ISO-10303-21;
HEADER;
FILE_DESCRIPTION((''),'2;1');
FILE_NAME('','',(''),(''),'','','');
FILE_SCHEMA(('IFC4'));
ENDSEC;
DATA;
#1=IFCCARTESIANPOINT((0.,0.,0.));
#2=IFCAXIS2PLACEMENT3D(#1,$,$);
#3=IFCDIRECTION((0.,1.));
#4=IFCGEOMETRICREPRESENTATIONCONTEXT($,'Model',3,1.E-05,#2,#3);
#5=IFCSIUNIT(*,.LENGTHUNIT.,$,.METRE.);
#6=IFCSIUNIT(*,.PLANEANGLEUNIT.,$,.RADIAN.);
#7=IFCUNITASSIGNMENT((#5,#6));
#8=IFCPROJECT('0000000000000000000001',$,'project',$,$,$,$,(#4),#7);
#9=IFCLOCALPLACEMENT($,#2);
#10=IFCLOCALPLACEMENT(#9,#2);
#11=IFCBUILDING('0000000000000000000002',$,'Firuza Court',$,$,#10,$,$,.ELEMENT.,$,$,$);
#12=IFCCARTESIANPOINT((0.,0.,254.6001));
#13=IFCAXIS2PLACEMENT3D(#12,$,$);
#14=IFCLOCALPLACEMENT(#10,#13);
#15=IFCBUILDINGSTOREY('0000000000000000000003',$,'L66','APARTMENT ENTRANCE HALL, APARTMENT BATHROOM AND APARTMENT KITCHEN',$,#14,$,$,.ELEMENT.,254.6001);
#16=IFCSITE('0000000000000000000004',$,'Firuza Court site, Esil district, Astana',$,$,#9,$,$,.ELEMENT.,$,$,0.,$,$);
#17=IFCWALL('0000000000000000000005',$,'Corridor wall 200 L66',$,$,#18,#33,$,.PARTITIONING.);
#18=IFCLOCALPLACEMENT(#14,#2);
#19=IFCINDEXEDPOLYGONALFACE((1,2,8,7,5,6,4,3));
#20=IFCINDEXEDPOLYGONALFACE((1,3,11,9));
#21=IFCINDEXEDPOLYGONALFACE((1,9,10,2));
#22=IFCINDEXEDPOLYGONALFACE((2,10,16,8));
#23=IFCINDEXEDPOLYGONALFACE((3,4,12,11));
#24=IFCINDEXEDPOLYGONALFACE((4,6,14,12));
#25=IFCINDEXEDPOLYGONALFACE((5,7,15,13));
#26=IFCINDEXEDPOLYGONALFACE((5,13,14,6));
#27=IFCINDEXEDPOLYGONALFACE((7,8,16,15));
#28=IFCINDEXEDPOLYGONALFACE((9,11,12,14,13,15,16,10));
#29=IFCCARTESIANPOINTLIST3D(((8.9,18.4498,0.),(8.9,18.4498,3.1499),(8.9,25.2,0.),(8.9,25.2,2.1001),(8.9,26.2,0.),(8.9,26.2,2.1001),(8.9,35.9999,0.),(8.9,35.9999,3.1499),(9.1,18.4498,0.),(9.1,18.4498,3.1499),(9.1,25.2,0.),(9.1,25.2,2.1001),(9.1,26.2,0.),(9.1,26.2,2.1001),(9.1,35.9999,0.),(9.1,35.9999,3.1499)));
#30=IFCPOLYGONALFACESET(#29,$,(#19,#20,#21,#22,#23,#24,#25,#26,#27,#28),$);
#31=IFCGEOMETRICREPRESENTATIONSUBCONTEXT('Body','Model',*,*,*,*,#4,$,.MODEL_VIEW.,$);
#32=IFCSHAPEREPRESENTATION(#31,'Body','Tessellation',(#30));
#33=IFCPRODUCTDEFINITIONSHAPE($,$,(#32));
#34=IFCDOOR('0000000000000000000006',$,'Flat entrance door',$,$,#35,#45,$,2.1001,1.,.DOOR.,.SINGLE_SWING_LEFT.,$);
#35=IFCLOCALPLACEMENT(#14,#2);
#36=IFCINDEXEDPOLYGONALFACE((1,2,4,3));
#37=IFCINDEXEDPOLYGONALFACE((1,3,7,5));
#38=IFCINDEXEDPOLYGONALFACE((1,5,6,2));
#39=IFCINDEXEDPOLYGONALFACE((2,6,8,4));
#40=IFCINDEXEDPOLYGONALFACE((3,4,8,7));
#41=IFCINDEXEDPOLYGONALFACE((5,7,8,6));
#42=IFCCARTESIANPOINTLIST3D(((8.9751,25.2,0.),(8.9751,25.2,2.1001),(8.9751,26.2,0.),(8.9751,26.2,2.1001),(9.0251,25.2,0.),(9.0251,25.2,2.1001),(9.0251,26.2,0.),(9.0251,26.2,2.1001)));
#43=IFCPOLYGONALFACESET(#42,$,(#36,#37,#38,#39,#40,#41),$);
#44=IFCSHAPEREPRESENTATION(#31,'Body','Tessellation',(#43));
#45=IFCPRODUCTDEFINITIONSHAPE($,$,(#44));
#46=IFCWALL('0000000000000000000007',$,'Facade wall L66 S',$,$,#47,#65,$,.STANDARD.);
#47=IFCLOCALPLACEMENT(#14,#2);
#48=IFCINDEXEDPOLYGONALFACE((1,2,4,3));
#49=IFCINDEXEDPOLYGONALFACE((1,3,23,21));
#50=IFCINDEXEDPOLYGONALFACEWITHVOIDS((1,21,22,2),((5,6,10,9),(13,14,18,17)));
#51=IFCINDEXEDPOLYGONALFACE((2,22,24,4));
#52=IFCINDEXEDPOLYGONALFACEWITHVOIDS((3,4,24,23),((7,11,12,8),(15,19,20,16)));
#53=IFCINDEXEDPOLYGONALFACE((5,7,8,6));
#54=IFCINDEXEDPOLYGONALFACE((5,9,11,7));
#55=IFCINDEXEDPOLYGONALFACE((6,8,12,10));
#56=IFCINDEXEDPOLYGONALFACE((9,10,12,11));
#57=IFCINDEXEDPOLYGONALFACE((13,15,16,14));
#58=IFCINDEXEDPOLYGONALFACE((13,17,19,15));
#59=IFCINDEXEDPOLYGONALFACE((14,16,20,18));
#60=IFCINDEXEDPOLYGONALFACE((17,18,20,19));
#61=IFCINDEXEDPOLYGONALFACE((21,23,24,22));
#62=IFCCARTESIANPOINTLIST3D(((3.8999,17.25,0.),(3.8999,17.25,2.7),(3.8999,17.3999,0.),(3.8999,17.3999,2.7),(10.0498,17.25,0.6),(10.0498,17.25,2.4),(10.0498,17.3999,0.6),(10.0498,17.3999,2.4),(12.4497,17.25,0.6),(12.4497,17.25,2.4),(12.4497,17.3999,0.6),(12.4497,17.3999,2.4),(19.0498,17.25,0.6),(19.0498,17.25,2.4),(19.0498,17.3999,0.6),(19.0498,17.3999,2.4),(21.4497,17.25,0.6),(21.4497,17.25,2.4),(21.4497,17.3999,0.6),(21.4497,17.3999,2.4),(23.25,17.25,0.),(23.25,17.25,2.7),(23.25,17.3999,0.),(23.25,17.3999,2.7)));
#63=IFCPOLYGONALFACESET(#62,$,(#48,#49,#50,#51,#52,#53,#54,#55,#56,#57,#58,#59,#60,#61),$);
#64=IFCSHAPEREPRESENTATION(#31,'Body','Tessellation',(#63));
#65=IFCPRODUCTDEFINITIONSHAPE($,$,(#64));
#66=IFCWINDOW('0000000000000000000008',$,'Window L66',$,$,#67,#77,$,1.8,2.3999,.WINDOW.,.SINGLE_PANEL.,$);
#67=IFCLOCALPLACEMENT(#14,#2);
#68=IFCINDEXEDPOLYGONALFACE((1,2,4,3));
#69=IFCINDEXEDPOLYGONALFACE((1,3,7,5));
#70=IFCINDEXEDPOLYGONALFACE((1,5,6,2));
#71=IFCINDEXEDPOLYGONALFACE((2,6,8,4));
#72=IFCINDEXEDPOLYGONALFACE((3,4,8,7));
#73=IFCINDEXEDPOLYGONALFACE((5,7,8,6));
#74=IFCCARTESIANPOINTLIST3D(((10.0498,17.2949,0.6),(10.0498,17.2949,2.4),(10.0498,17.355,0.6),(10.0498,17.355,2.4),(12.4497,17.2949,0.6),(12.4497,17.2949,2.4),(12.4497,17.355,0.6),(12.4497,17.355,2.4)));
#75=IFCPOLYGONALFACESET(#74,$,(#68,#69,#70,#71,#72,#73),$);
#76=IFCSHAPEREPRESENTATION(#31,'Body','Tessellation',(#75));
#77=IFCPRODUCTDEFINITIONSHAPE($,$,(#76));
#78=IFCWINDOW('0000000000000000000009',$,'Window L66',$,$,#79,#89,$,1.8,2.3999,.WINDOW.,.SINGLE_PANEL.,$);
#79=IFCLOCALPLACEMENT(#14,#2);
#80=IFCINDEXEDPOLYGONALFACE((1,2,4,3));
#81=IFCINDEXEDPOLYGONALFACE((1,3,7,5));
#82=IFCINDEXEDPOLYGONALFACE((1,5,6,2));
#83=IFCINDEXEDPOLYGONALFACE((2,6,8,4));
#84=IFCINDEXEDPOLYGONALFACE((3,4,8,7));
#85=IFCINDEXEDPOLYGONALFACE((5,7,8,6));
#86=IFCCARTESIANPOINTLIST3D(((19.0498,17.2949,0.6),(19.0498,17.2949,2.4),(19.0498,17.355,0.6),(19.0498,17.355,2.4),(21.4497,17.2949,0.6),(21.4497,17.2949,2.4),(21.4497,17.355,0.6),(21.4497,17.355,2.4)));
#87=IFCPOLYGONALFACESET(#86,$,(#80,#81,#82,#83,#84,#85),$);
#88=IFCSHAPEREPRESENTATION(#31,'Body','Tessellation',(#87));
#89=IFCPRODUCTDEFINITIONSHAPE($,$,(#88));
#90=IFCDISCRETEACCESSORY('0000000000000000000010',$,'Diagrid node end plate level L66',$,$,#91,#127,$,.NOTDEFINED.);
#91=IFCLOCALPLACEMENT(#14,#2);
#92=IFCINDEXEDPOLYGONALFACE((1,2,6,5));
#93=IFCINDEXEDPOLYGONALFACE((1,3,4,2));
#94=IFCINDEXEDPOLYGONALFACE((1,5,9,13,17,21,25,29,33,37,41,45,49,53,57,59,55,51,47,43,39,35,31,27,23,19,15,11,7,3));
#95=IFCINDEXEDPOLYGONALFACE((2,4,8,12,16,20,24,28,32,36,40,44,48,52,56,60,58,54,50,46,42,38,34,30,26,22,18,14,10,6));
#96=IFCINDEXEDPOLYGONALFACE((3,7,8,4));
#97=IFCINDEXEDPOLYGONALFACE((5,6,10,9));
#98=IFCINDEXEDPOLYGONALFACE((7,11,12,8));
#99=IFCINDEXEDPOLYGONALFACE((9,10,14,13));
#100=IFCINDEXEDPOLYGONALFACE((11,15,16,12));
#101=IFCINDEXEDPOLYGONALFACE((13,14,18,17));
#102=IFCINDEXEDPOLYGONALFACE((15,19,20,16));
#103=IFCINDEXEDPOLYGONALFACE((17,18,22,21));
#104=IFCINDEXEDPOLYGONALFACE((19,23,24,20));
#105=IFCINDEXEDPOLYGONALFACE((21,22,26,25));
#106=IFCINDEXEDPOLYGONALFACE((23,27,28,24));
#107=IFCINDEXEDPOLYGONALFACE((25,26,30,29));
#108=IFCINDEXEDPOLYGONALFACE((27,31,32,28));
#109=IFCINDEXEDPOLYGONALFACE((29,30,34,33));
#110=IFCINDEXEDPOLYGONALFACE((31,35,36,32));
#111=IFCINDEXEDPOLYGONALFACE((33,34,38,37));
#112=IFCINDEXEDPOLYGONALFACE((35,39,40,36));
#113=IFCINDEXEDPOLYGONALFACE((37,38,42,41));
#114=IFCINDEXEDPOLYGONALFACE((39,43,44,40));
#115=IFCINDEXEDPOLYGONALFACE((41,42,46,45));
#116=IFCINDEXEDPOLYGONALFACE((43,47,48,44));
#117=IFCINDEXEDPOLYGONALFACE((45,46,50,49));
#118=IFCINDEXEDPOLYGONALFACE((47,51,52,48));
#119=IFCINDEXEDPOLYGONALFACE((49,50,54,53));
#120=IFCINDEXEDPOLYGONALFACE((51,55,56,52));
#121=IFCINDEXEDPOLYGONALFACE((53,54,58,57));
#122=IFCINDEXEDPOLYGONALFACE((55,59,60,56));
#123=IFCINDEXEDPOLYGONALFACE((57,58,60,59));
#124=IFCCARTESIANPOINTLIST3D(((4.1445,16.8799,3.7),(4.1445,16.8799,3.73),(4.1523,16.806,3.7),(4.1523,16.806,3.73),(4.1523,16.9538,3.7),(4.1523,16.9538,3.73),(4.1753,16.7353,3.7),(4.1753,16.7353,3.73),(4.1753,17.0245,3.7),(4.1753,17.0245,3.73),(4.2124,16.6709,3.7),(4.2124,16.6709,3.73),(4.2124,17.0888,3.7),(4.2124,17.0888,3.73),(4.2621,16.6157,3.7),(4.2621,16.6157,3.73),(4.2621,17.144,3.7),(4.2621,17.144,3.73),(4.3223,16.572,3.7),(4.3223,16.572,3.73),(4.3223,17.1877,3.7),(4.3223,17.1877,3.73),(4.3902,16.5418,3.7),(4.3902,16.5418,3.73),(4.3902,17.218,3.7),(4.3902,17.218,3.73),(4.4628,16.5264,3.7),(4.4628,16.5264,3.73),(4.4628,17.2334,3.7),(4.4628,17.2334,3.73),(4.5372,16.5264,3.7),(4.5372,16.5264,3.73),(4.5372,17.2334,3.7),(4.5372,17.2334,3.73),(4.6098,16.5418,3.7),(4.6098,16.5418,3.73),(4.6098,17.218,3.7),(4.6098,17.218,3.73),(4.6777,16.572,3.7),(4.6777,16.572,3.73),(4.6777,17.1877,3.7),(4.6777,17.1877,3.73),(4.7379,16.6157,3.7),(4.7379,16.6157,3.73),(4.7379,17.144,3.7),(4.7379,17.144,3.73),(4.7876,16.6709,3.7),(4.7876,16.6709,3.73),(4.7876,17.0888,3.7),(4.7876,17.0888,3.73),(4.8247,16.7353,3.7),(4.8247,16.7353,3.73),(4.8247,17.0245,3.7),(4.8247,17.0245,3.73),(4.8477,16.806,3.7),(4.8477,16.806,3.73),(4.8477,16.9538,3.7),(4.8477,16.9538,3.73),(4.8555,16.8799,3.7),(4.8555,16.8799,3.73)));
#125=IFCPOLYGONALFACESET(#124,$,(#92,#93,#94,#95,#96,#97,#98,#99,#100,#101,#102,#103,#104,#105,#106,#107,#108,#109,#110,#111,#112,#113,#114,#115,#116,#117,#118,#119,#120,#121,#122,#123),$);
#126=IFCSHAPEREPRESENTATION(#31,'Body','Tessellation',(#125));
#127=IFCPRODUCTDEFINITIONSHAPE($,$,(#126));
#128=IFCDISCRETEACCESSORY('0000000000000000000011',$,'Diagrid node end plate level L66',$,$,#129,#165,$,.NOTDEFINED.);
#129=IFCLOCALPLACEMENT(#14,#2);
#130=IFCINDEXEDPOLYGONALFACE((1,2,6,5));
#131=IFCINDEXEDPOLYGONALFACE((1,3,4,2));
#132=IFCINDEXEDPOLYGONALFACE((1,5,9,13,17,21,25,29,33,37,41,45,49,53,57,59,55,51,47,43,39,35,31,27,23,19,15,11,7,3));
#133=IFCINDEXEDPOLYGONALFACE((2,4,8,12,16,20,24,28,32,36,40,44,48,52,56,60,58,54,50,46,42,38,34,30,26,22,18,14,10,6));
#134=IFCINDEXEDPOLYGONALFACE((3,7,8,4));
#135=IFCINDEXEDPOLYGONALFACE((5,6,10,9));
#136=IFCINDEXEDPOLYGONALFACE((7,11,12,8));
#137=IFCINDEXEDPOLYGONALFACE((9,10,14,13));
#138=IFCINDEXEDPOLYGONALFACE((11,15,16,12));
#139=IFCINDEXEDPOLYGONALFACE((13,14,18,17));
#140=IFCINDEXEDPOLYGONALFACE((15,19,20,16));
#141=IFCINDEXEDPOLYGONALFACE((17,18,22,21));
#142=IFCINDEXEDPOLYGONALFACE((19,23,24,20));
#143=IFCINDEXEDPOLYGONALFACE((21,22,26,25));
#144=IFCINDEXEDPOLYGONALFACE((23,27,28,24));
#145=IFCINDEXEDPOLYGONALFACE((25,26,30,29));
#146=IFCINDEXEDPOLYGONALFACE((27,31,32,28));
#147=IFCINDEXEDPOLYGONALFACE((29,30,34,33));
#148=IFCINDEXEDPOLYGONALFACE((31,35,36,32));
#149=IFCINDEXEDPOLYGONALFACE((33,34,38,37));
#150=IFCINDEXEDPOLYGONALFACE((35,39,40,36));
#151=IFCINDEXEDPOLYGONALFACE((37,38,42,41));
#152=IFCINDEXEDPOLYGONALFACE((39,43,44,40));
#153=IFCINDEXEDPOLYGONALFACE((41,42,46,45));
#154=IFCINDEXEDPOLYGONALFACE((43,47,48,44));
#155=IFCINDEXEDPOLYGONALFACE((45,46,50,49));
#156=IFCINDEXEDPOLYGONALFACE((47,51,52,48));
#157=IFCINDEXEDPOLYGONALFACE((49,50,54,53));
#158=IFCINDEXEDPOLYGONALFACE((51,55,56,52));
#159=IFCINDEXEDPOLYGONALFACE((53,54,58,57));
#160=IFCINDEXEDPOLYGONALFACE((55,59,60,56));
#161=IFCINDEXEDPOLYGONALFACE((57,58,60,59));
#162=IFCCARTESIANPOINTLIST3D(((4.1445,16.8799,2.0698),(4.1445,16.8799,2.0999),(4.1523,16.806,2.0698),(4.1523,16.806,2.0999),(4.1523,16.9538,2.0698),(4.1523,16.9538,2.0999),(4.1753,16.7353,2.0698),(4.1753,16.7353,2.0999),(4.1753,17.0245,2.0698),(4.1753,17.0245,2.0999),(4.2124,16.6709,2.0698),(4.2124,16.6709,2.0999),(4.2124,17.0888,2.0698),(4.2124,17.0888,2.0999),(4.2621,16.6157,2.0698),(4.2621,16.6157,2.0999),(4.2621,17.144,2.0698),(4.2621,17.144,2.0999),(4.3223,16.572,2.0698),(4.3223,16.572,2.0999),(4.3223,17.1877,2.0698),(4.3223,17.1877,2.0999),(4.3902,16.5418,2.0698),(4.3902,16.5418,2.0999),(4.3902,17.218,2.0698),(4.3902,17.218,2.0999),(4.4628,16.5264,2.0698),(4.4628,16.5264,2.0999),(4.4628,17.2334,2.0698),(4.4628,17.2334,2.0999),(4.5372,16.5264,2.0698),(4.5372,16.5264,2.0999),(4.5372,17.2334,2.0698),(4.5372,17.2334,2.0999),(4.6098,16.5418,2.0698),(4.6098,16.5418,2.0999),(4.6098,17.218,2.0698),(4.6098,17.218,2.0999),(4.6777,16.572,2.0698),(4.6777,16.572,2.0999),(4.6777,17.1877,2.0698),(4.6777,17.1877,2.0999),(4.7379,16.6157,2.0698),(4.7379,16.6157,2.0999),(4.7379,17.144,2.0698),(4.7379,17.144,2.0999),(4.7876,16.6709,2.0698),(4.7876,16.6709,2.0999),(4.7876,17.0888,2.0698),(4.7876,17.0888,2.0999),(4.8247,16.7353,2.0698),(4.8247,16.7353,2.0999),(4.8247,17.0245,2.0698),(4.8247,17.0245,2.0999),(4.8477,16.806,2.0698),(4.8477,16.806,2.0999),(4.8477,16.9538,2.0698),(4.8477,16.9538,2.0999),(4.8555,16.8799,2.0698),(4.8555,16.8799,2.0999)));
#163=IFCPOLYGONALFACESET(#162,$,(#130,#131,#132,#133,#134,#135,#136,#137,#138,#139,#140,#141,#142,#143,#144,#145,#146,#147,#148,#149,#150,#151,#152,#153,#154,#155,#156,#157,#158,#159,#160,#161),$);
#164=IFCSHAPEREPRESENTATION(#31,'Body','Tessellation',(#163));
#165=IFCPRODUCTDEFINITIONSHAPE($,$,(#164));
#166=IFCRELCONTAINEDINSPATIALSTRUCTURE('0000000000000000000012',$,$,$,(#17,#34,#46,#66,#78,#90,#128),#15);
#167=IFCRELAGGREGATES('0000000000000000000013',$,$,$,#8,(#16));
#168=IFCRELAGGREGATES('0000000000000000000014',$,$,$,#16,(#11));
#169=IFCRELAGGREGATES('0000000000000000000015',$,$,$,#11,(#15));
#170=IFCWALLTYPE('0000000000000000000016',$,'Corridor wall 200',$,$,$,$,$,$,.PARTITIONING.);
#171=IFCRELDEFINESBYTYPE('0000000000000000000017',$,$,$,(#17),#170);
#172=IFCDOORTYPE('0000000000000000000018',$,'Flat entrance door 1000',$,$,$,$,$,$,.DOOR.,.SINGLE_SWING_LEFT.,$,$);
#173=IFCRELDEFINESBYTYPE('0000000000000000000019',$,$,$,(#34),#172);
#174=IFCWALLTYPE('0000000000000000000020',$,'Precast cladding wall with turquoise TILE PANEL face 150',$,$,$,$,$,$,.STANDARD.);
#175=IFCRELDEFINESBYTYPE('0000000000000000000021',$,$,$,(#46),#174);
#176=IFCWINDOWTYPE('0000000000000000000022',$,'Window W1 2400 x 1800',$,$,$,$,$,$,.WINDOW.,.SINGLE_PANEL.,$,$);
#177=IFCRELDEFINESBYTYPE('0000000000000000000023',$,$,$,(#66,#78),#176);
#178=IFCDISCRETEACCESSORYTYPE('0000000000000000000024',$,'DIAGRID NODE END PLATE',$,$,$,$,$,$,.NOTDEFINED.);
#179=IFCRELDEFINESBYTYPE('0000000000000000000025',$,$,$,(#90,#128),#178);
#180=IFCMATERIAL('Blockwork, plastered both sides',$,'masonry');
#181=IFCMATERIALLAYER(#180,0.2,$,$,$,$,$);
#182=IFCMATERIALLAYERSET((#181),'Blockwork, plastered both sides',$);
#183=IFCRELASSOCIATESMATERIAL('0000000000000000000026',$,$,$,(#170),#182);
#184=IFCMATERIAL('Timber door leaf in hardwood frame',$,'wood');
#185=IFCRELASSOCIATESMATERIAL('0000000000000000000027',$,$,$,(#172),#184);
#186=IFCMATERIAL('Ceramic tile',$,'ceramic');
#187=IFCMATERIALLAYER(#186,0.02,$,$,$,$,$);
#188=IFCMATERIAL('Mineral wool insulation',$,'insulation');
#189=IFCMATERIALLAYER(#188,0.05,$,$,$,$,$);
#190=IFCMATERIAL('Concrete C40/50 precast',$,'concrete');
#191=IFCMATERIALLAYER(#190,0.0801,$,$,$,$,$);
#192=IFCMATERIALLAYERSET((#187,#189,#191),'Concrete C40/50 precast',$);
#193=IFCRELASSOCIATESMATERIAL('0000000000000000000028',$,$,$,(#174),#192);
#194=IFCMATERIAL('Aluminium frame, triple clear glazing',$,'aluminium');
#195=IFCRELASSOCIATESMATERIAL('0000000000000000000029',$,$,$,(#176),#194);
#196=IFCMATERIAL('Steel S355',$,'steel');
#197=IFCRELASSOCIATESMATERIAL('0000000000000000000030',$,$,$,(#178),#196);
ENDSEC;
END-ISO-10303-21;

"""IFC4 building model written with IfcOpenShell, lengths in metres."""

from ifc_helpers import new_model, si_unit, direction, frame, frame_2d, origin, origin_2d, place, context, subcontext, project, spatial, rectangle, circle, extrude, material, layer, layer_set, material_profile, profile_set, type_object, element, fill, save


model = new_model("IFC4")

# Units and contexts
model_context = context("Model", 3, precision=1e-05, world=origin(), true_north=direction((0.0, 1.0)))
body_context = subcontext(model_context, "Body", "Model", "MODEL_VIEW")
ifc_project = project(units=[si_unit("LENGTHUNIT", "METRE"), si_unit("PLANEANGLEUNIT", "RADIAN")], contexts=[model_context])

# Site, building, storey
site_placement = place(None, origin())
site = spatial("IfcSite", under=ifc_project, at=site_placement, Name="Firuza Court site, Esil district, Astana", CompositionType="ELEMENT", RefElevation=0.0)
building_placement = place(site_placement, origin())
building = spatial("IfcBuilding", under=site, at=building_placement, Name="Firuza Court", CompositionType="ELEMENT")
storey_placement = place(building_placement, frame((0.0, 0.0, 254.6001)))
storey = spatial("IfcBuildingStorey", under=building, at=storey_placement, Name="L66", Description="APARTMENT ENTRANCE HALL, APARTMENT BATHROOM AND APARTMENT KITCHEN", CompositionType="ELEMENT", Elevation=254.6001)

# Shared definitions
ifc_material_1 = material(Name="Concrete C40/50 precast", Category="concrete")

# Wall, opening, door
ifc_material_2 = material(Name="Blockwork, plastered both sides", Category="masonry")
ifc_layer_1 = layer(ifc_material_2, 0.2)
ifc_layer_set_1 = layer_set([ifc_layer_1], Name="Blockwork, plastered both sides")
wall_type_1 = type_object("IfcWallType", Name="Corridor wall 200", PredefinedType="PARTITIONING", material=ifc_layer_set_1)
wall_1_placement = place(storey_placement, frame((9.0, 18.45, 0.0), z_axis=(0.0, 0.0, 1.0), x_axis=(0.0, 1.0, 0.0)))
wall_1 = element("IfcWall", 1, at=wall_1_placement, inside=storey, type_object=wall_type_1, Name="Corridor wall 200 L66", PredefinedType="PARTITIONING", context=body_context, shape_type="SweptSolid", body=[
    extrude(rectangle(XDim=17.55, YDim=0.2, at=frame_2d((8.7749, 0.0))), origin(), (0.0, 0.0, 1.0), 3.1499),
])
opening_1_placement = place(wall_1_placement, frame((6.75, 0.0, 0.0)))
opening_1 = element("IfcOpeningElement", 2, at=opening_1_placement, cuts=wall_1, PredefinedType="OPENING", context=body_context, shape_type="SweptSolid", body=[
    extrude(rectangle(XDim=1.0, YDim=2.1001, at=frame_2d((0.5, 1.05))), frame((0.0, 0.1118, 0.0), z_axis=(0.0, -1.0, 0.0), x_axis=(1.0, 0.0, 0.0)), (0.0, 0.0, 1.0), 0.2239),
])
ifc_material_3 = material(Name="Timber door leaf in hardwood frame", Category="wood")
door_type_1 = type_object("IfcDoorType", Name="Flat entrance door 1000", OperationType="SINGLE_SWING_LEFT", PredefinedType="DOOR", material=ifc_material_3)
door_1_placement = place(opening_1_placement, origin())
door_1 = element("IfcDoor", 3, at=door_1_placement, inside=storey, type_object=door_type_1, Name="Flat entrance door", OperationType="SINGLE_SWING_LEFT", OverallHeight=2.1001, OverallWidth=1.0, PredefinedType="DOOR", context=body_context, shape_type="SweptSolid", body=[
    extrude(rectangle(XDim=1.0, YDim=2.1001, at=frame_2d((0.5, 1.05))), frame((0.0, 0.0249, 0.0), z_axis=(0.0, -1.0, 0.0), x_axis=(1.0, 0.0, 0.0)), (0.0, 0.0, 1.0), 0.05),
])
fill(opening_1, door_1)

# Wall, openings, windows
ifc_material_4 = material(Name="Ceramic tile", Category="ceramic")
ifc_layer_2 = layer(ifc_material_4, 0.02)
ifc_material_5 = material(Name="Mineral wool insulation", Category="insulation")
ifc_layer_3 = layer(ifc_material_5, 0.05)
ifc_layer_4 = layer(ifc_material_1, 0.0801)
ifc_layer_set_2 = layer_set([ifc_layer_2, ifc_layer_3, ifc_layer_4], Name="Concrete C40/50 precast")
wall_type_2 = type_object("IfcWallType", Name="Precast cladding wall with turquoise TILE PANEL face 150", PredefinedType="STANDARD", material=ifc_layer_set_2)
wall_2_placement = place(storey_placement, frame((3.8999, 17.325, 0.0), z_axis=(0.0, 0.0, 1.0), x_axis=(1.0, 0.0, 0.0)))
wall_2 = element("IfcWall", 4, at=wall_2_placement, inside=storey, type_object=wall_type_2, Name="Facade wall L66 S", PredefinedType="STANDARD", context=body_context, shape_type="SweptSolid", body=[
    extrude(rectangle(XDim=19.3501, YDim=0.1499, at=frame_2d((9.675, 0.0))), origin(), (0.0, 0.0, 1.0), 2.7),
])
opening_2_placement = place(wall_2_placement, frame((6.1499, 0.0, 0.6001)))
opening_2 = element("IfcOpeningElement", 5, at=opening_2_placement, cuts=wall_2, PredefinedType="OPENING", context=body_context, shape_type="SweptSolid", body=[
    extrude(rectangle(XDim=2.3999, YDim=1.8, at=frame_2d((1.2, 0.8999))), frame((0.0, 0.0869, 0.0), z_axis=(0.0, -1.0, 0.0), x_axis=(1.0, 0.0, 0.0)), (0.0, 0.0, 1.0), 0.1738),
])
opening_3_placement = place(wall_2_placement, frame((15.1499, 0.0, 0.6001)))
opening_3 = element("IfcOpeningElement", 6, at=opening_3_placement, cuts=wall_2, PredefinedType="OPENING", context=body_context, shape_type="SweptSolid", body=[
    extrude(rectangle(XDim=2.3999, YDim=1.8, at=frame_2d((1.2, 0.8999))), frame((0.0, 0.0869, 0.0), z_axis=(0.0, -1.0, 0.0), x_axis=(1.0, 0.0, 0.0)), (0.0, 0.0, 1.0), 0.1738),
])
ifc_material_6 = material(Name="Aluminium frame, triple clear glazing", Category="aluminium")
window_type = type_object("IfcWindowType", Name="Window W1 2400 x 1800", PartitioningType="SINGLE_PANEL", PredefinedType="WINDOW", material=ifc_material_6)
window_1_placement = place(opening_2_placement, origin())
window_1 = element("IfcWindow", 7, at=window_1_placement, inside=storey, type_object=window_type, Name="Window L66", OverallHeight=1.8, OverallWidth=2.3999, PartitioningType="SINGLE_PANEL", PredefinedType="WINDOW", context=body_context, shape_type="SweptSolid", body=[
    extrude(rectangle(XDim=2.3999, YDim=1.8, at=frame_2d((1.2, 0.8999))), frame((0.0, 0.03, 0.0), z_axis=(0.0, -1.0, 0.0), x_axis=(1.0, 0.0, 0.0)), (0.0, 0.0, 1.0), 0.0601),
])
fill(opening_2, window_1)
window_2_placement = place(opening_3_placement, origin())
window_2 = element("IfcWindow", 8, at=window_2_placement, inside=storey, type_object=window_type, Name="Window L66", OverallHeight=1.8, OverallWidth=2.3999, PartitioningType="SINGLE_PANEL", PredefinedType="WINDOW", context=body_context, shape_type="SweptSolid", body=[
    extrude(rectangle(XDim=2.3999, YDim=1.8, at=frame_2d((1.2, 0.8999))), frame((0.0, 0.03, 0.0), z_axis=(0.0, -1.0, 0.0), x_axis=(1.0, 0.0, 0.0)), (0.0, 0.0, 1.0), 0.0601),
])
fill(opening_3, window_2)

# Discrete accessories
ifc_material_7 = material(Name="Steel S355", Category="steel")
ifc_material_profile_1 = material_profile(ifc_material_7, circle(Radius=0.3555, at=origin_2d()), Name="PL D711")
ifc_profile_set_1 = profile_set([ifc_material_profile_1], Name="Steel S355")
discrete_accessory_type = type_object("IfcDiscreteAccessoryType", Name="DIAGRID NODE END PLATE", PredefinedType="NOTDEFINED", material=ifc_profile_set_1)
for number, where, z_axis, x_axis, name in (
    (9, (4.5, 16.8799, 3.7), (0.0, 0.0, 1.0), (1.0, 0.0, 0.0), "Diagrid node end plate level L66"),
    (10, (4.5, 16.8799, 2.0698), (0.0, 0.0, 1.0), (1.0, 0.0, 0.0), "Diagrid node end plate level L66"),
):
    element("IfcDiscreteAccessory", number, at=place(storey_placement, frame(where, z_axis=z_axis, x_axis=x_axis)), inside=storey, type_object=discrete_accessory_type, Name=name, PredefinedType="NOTDEFINED", context=body_context, shape_type="SweptSolid", body=[
        extrude(circle(Radius=0.3555, at=origin_2d()), origin(), (0.0, 0.0, 1.0), 0.03),
    ])

save(model, "model.ifc")
